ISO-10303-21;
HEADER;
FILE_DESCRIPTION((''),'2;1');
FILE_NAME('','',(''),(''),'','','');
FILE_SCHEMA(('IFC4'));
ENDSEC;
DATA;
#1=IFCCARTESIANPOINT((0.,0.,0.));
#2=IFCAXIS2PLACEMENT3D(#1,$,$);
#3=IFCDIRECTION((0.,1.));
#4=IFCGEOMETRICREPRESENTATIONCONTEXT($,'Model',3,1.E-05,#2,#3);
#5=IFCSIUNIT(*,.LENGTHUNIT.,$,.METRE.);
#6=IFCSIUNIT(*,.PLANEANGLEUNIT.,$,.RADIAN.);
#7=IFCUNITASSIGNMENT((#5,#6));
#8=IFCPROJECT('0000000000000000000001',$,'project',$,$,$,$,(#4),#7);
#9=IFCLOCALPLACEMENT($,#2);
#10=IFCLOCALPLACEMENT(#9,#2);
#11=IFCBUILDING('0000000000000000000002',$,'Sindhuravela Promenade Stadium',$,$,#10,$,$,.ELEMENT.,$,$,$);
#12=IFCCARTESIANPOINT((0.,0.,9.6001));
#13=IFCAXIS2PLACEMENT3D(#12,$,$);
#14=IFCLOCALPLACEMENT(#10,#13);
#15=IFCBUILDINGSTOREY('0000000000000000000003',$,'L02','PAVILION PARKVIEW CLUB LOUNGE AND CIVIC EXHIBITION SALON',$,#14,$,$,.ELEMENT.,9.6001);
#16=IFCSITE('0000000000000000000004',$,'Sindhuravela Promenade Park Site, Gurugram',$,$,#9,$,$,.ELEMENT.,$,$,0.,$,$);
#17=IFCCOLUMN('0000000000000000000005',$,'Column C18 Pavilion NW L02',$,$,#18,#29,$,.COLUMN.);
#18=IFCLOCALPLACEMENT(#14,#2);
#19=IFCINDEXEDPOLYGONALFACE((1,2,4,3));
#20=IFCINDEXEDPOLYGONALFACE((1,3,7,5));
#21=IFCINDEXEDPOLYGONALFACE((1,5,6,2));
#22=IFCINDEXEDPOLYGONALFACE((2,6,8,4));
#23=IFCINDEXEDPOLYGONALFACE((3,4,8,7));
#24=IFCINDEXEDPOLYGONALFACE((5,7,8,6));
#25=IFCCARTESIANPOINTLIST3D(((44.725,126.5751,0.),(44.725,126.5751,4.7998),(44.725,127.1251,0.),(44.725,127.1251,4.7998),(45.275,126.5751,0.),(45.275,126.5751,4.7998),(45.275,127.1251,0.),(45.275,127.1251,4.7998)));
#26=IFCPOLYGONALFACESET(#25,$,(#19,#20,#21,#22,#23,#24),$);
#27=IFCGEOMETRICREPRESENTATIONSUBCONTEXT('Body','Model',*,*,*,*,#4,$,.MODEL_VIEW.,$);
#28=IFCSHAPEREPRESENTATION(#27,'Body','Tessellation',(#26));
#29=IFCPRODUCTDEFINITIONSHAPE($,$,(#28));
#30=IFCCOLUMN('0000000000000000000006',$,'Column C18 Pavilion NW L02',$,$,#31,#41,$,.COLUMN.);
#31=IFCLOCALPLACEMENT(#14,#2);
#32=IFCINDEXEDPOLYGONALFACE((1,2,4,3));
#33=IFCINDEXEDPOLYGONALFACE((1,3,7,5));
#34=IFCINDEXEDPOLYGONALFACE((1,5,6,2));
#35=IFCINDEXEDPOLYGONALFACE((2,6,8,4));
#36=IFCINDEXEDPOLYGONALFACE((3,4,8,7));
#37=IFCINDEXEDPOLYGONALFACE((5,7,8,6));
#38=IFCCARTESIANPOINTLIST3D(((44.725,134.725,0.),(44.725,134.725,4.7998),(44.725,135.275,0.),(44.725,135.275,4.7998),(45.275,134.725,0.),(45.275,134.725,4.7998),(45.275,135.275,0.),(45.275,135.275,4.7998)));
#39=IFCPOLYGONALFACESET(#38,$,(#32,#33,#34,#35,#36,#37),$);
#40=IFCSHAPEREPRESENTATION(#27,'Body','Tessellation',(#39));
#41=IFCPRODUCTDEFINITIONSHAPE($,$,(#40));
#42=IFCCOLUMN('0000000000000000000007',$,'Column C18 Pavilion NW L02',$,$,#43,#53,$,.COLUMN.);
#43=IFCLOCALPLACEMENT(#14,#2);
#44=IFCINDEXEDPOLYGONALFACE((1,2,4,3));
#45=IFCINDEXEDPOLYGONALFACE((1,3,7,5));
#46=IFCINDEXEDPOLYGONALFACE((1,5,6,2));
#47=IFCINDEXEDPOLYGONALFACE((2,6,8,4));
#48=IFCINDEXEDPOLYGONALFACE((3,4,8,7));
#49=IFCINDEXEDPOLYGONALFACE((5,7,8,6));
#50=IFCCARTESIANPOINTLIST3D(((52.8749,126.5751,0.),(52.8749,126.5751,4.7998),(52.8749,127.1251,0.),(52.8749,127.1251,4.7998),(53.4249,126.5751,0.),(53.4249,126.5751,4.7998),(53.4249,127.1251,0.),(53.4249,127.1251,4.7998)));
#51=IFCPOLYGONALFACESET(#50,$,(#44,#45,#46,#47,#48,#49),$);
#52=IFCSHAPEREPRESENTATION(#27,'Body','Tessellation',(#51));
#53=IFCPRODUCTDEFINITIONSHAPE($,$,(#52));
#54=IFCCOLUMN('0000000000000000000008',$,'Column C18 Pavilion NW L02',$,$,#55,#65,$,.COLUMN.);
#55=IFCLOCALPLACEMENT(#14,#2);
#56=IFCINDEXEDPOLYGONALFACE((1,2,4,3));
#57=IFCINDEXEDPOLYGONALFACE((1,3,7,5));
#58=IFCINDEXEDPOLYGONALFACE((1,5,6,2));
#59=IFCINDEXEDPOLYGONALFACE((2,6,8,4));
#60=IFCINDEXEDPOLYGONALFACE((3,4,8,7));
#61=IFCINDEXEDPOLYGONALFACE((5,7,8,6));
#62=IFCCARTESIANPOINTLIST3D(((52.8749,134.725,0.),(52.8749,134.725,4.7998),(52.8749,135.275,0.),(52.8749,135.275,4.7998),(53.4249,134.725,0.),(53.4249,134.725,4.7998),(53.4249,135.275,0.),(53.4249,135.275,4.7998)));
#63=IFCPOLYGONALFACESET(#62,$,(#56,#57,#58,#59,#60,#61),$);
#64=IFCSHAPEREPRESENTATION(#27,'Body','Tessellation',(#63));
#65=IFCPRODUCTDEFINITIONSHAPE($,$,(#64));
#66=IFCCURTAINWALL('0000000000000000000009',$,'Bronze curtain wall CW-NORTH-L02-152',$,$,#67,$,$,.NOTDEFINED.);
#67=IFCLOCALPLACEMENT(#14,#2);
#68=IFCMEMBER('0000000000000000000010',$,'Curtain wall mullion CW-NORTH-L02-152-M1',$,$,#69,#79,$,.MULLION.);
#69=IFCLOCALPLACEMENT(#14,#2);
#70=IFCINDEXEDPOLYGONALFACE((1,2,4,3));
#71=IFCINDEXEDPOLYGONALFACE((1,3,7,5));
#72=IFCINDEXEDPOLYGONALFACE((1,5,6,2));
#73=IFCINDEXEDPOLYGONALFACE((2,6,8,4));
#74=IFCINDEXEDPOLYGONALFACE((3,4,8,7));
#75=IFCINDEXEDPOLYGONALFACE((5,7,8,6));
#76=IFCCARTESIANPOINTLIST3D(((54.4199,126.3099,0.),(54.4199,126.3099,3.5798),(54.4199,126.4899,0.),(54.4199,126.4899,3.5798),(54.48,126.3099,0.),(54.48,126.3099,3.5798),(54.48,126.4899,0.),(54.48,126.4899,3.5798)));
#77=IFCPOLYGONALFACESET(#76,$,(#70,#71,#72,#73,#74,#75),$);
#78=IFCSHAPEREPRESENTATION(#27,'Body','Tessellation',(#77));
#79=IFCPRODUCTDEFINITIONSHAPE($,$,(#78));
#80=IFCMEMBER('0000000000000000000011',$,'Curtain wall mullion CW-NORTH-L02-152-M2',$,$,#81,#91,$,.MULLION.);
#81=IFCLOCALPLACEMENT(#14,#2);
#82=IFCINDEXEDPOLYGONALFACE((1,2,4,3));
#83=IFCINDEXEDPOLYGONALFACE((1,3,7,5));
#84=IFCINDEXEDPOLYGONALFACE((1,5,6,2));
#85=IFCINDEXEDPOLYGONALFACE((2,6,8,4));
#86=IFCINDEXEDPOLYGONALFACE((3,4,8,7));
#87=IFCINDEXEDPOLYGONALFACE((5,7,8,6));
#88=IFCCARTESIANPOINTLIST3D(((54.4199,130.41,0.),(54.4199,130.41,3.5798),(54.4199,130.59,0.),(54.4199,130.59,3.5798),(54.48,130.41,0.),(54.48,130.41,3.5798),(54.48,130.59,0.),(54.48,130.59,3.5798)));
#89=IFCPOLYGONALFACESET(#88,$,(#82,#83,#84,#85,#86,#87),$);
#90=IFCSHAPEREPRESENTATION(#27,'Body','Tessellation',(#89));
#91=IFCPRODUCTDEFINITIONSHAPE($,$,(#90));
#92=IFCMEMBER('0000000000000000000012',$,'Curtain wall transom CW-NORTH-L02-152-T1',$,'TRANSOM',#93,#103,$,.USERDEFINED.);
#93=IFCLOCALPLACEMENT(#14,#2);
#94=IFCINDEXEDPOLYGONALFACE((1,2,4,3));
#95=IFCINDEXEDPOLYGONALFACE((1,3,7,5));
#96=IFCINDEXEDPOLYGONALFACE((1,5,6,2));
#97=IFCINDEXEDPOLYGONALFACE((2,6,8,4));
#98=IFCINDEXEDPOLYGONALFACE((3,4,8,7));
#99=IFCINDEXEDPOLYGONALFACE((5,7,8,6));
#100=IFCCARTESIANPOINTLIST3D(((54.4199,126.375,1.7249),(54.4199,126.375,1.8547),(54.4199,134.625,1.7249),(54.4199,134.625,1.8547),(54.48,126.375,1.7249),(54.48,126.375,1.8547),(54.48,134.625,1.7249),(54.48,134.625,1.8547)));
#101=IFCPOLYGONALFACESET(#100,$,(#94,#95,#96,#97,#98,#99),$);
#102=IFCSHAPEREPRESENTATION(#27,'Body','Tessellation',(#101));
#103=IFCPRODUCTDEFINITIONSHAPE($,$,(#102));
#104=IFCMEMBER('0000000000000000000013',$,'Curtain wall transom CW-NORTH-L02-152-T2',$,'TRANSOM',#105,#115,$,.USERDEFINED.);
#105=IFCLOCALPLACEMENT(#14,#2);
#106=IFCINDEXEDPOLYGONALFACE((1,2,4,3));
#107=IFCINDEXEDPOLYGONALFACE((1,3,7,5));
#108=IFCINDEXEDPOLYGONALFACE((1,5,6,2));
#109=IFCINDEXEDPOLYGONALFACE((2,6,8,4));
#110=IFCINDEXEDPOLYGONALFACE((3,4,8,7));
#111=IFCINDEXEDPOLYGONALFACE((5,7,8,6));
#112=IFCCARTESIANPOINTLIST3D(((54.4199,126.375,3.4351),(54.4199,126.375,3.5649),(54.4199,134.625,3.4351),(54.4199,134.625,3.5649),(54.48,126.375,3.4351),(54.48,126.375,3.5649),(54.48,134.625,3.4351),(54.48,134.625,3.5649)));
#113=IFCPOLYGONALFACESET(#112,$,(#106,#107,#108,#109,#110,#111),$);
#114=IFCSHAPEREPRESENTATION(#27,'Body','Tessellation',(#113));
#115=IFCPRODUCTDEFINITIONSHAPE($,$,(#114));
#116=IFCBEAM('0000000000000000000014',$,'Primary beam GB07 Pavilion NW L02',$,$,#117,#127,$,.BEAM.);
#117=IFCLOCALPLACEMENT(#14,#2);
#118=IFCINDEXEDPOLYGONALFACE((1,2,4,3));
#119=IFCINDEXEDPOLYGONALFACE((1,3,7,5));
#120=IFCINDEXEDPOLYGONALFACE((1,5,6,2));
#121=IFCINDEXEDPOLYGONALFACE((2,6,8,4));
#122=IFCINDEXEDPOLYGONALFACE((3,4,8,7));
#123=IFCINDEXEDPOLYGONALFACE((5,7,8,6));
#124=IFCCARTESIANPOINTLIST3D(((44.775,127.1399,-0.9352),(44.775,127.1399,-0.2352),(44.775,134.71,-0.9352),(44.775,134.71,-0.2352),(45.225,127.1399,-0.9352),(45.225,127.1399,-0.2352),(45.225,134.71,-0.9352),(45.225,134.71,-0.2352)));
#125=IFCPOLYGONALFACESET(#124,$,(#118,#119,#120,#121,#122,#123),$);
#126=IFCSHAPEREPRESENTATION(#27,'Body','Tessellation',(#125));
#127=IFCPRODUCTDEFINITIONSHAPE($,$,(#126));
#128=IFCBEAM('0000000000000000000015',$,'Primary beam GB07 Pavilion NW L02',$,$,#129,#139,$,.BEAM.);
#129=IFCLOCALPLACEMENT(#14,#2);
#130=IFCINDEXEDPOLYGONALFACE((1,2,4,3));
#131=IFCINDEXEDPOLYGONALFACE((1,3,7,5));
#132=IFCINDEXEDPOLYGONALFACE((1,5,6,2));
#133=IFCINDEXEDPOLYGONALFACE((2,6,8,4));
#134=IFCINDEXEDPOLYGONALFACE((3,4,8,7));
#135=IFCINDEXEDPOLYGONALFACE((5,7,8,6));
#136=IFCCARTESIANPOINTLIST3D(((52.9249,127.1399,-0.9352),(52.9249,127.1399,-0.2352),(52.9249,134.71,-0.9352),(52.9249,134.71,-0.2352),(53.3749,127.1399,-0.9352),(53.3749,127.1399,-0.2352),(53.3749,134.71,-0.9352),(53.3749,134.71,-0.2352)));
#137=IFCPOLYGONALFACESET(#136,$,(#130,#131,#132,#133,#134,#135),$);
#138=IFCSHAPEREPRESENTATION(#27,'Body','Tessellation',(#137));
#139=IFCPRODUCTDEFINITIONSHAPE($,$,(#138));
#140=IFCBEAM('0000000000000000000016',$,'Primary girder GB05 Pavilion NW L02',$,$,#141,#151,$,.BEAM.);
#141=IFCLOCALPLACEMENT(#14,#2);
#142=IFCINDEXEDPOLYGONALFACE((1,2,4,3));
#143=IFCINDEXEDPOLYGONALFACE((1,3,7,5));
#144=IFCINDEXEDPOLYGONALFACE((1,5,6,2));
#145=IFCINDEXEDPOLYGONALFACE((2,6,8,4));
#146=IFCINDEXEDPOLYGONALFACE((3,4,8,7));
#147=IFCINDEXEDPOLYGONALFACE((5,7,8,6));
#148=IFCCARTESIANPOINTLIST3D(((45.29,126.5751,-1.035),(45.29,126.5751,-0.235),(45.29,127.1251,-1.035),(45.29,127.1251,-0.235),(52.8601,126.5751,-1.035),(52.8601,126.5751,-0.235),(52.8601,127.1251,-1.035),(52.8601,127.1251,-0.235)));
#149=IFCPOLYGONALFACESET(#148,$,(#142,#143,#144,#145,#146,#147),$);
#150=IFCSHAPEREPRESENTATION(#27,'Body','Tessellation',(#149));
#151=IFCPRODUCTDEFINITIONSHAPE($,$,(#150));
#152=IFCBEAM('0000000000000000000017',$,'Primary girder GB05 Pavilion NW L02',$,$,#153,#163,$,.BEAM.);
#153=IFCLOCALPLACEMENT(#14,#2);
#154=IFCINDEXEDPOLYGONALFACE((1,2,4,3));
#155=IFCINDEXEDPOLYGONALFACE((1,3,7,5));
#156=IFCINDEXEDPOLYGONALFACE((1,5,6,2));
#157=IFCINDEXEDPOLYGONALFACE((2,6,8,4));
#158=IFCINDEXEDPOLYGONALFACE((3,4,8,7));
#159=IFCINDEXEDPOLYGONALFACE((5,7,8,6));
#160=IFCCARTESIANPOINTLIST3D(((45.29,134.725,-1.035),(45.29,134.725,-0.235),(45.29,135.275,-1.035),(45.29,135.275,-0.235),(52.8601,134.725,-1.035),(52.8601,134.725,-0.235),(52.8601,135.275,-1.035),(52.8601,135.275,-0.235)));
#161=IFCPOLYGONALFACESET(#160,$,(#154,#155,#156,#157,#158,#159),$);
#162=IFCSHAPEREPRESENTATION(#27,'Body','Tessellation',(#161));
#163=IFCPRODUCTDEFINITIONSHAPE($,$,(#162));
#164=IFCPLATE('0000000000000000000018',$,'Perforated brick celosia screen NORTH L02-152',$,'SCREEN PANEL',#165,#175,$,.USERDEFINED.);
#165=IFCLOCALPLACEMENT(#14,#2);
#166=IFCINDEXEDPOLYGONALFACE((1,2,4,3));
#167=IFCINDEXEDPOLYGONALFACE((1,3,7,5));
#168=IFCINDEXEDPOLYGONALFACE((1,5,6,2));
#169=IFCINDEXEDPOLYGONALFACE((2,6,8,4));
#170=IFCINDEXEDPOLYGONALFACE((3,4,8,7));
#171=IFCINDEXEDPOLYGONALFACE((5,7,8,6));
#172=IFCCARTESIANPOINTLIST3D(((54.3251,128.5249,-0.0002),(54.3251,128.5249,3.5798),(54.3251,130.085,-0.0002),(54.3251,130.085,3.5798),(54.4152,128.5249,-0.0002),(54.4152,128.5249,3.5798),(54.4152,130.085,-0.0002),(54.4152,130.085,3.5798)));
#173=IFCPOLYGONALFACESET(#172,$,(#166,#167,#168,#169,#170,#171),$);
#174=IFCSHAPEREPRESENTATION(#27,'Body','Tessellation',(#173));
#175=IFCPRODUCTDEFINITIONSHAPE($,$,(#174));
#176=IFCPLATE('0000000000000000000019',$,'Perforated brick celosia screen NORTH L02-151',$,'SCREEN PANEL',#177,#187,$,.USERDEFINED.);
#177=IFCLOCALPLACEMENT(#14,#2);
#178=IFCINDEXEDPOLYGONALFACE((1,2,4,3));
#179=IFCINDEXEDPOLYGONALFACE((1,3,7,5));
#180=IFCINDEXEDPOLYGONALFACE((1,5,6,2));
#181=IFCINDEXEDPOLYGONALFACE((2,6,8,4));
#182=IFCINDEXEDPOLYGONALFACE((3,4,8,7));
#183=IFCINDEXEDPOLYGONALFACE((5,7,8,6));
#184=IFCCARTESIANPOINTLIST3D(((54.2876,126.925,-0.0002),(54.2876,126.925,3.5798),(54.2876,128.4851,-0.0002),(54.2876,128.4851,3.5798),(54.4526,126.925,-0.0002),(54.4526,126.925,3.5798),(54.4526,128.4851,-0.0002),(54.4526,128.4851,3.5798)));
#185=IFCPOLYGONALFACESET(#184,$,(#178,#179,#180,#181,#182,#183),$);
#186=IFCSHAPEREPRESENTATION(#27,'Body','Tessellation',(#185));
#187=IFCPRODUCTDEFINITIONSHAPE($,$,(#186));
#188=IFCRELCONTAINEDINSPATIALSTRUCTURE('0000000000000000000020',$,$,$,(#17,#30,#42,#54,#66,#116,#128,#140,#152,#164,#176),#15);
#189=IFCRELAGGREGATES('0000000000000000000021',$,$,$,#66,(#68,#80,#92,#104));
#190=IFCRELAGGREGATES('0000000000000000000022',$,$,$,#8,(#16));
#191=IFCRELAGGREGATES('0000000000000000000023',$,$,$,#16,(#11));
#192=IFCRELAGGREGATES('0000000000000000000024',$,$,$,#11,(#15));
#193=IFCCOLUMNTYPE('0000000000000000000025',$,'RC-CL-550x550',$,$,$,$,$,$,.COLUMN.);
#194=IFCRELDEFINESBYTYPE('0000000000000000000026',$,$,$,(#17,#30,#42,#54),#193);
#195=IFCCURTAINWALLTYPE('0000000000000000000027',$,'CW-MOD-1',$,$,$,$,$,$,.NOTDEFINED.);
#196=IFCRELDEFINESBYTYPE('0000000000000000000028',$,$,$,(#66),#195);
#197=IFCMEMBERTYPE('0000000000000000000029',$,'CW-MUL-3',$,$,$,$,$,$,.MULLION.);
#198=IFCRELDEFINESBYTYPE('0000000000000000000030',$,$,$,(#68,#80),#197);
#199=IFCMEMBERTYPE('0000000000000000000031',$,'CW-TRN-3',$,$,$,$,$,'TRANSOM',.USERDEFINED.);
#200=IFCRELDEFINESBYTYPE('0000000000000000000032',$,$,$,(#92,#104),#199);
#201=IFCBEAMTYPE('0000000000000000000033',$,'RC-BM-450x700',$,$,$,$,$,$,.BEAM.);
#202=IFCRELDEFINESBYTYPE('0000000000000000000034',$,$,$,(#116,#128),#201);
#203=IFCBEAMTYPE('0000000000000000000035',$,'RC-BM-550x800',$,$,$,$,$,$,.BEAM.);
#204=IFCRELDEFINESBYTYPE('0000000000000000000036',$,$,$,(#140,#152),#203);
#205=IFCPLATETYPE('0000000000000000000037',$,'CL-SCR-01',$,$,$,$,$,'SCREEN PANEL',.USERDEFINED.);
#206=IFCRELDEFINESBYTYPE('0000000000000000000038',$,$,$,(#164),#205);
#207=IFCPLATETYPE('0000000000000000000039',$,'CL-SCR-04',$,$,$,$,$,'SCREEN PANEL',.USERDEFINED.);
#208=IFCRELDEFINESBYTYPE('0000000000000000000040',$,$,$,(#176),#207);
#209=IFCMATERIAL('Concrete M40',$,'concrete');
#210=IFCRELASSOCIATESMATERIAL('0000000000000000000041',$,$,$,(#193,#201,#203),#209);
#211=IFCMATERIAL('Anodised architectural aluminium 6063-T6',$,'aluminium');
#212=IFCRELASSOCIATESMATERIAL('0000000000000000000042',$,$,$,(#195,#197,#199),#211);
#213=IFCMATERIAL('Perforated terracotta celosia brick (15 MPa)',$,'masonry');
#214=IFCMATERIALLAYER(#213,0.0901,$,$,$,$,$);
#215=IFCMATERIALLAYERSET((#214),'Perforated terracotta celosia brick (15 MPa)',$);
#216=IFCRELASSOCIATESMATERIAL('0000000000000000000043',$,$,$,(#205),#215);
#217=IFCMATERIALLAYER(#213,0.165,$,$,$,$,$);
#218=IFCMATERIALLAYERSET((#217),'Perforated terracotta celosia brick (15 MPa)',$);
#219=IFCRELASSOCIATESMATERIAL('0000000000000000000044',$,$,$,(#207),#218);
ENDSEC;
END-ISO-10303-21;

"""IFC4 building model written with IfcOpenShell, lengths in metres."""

from ifc_helpers import new_model, si_unit, direction, frame, origin, origin_2d, place, context, subcontext, project, spatial, rectangle, extrude, material, layer, layer_set, material_profile, profile_set, type_object, element, aggregate, save


model = new_model("IFC4")

# Units and contexts
model_context = context("Model", 3, precision=1e-05, world=origin(), true_north=direction((0.0, 1.0)))
body_context = subcontext(model_context, "Body", "Model", "MODEL_VIEW")
ifc_project = project(units=[si_unit("LENGTHUNIT", "METRE"), si_unit("PLANEANGLEUNIT", "RADIAN")], contexts=[model_context])

# Site, building, storey
site_placement = place(None, origin())
site = spatial("IfcSite", under=ifc_project, at=site_placement, Name="Sindhuravela Promenade Park Site, Gurugram", CompositionType="ELEMENT", RefElevation=0.0)
building_placement = place(site_placement, origin())
building = spatial("IfcBuilding", under=site, at=building_placement, Name="Sindhuravela Promenade Stadium", CompositionType="ELEMENT")
storey_placement = place(building_placement, frame((0.0, 0.0, 9.6001)))
storey = spatial("IfcBuildingStorey", under=building, at=storey_placement, Name="L02", Description="PAVILION PARKVIEW CLUB LOUNGE AND CIVIC EXHIBITION SALON", CompositionType="ELEMENT", Elevation=9.6001)

# Columns
ifc_material_1 = material(Name="Concrete M40", Category="concrete")
ifc_material_profile_1 = material_profile(ifc_material_1, rectangle(XDim=0.55, YDim=0.55, at=origin_2d()), Name="RC 550x550")
ifc_profile_set_1 = profile_set([ifc_material_profile_1], Name="Concrete M40")
column_type = type_object("IfcColumnType", Name="RC-CL-550x550", PredefinedType="COLUMN", material=ifc_profile_set_1)
for number, where, z_axis, x_axis, name in (
    (1, (45.0, 126.8501, 0.0), (0.0, 0.0, 1.0), (1.0, 0.0, 0.0), "Column C18 Pavilion NW L02"),
    (2, (45.0, 135.0, 0.0), (0.0, 0.0, 1.0), (1.0, 0.0, 0.0), "Column C18 Pavilion NW L02"),
    (3, (53.1499, 126.8501, 0.0), (0.0, 0.0, 1.0), (1.0, 0.0, 0.0), "Column C18 Pavilion NW L02"),
    (4, (53.1499, 135.0, 0.0), (0.0, 0.0, 1.0), (1.0, 0.0, 0.0), "Column C18 Pavilion NW L02"),
):
    element("IfcColumn", number, at=place(storey_placement, frame(where, z_axis=z_axis, x_axis=x_axis)), inside=storey, type_object=column_type, Name=name, PredefinedType="COLUMN", context=body_context, shape_type="SweptSolid", body=[
        extrude(rectangle(XDim=0.55, YDim=0.55, at=origin_2d()), origin(), (0.0, 0.0, 1.0), 4.7998),
    ])

# Curtain wall, members
ifc_material_2 = material(Name="Anodised architectural aluminium 6063-T6", Category="aluminium")
curtain_wall_type = type_object("IfcCurtainWallType", Name="CW-MOD-1", PredefinedType="NOTDEFINED", material=ifc_material_2)
curtain_wall_placement = place(storey_placement, origin())
curtain_wall = element("IfcCurtainWall", 5, at=curtain_wall_placement, inside=storey, type_object=curtain_wall_type, Name="Bronze curtain wall CW-NORTH-L02-152", PredefinedType="NOTDEFINED")
ifc_material_profile_2 = material_profile(ifc_material_2, rectangle(XDim=0.0601, YDim=0.1799, at=origin_2d()), Name="ALU M60x180")
ifc_profile_set_2 = profile_set([ifc_material_profile_2], Name="Anodised architectural aluminium 6063-T6")
member_type_1 = type_object("IfcMemberType", Name="CW-MUL-3", PredefinedType="MULLION", material=ifc_profile_set_2)
member_1_placement = place(storey_placement, frame((54.45, 126.3999, 0.0), z_axis=(0.0, 0.0, 1.0), x_axis=(1.0, 0.0, 0.0)))
member_1 = element("IfcMember", 6, at=member_1_placement, type_object=member_type_1, Name="Curtain wall mullion CW-NORTH-L02-152-M1", PredefinedType="MULLION", context=body_context, shape_type="SweptSolid", body=[
    extrude(rectangle(XDim=0.0601, YDim=0.1799, at=origin_2d()), origin(), (0.0, 0.0, 1.0), 3.5798),
])
member_2_placement = place(storey_placement, frame((54.45, 130.5, 0.0), z_axis=(0.0, 0.0, 1.0), x_axis=(1.0, 0.0, 0.0)))
member_2 = element("IfcMember", 7, at=member_2_placement, type_object=member_type_1, Name="Curtain wall mullion CW-NORTH-L02-152-M2", PredefinedType="MULLION", context=body_context, shape_type="SweptSolid", body=[
    extrude(rectangle(XDim=0.0601, YDim=0.1799, at=origin_2d()), origin(), (0.0, 0.0, 1.0), 3.5798),
])
ifc_material_profile_3 = material_profile(ifc_material_2, rectangle(XDim=0.0601, YDim=0.1299, at=origin_2d()), Name="ALU T60x130")
ifc_profile_set_3 = profile_set([ifc_material_profile_3], Name="Anodised architectural aluminium 6063-T6")
member_type_2 = type_object("IfcMemberType", Name="CW-TRN-3", ElementType="TRANSOM", PredefinedType="USERDEFINED", material=ifc_profile_set_3)
member_3_placement = place(storey_placement, frame((54.45, 126.375, 1.7898), z_axis=(0.0, 1.0, 0.0), x_axis=(-1.0, 0.0, 0.0)))
member_3 = element("IfcMember", 8, at=member_3_placement, type_object=member_type_2, Name="Curtain wall transom CW-NORTH-L02-152-T1", ObjectType="TRANSOM", PredefinedType="USERDEFINED", context=body_context, shape_type="SweptSolid", body=[
    extrude(rectangle(XDim=0.0601, YDim=0.1299, at=origin_2d()), origin(), (0.0, 0.0, 1.0), 8.25),
])
member_4_placement = place(storey_placement, frame((54.45, 126.375, 3.5), z_axis=(0.0, 1.0, 0.0), x_axis=(-1.0, 0.0, 0.0)))
member_4 = element("IfcMember", 9, at=member_4_placement, type_object=member_type_2, Name="Curtain wall transom CW-NORTH-L02-152-T2", ObjectType="TRANSOM", PredefinedType="USERDEFINED", context=body_context, shape_type="SweptSolid", body=[
    extrude(rectangle(XDim=0.0601, YDim=0.1299, at=origin_2d()), origin(), (0.0, 0.0, 1.0), 8.25),
])

# Beams
ifc_material_profile_4 = material_profile(ifc_material_1, rectangle(XDim=0.45, YDim=0.7, at=origin_2d()), Name="RC 450x700")
ifc_profile_set_4 = profile_set([ifc_material_profile_4], Name="Concrete M40")
beam_type_1 = type_object("IfcBeamType", Name="RC-BM-450x700", PredefinedType="BEAM", material=ifc_profile_set_4)
for number, where, z_axis, x_axis, name in (
    (10, (45.0, 127.1399, -0.5852), (0.0, 1.0, 0.0), (-1.0, 0.0, 0.0), "Primary beam GB07 Pavilion NW L02"),
    (11, (53.1499, 127.1399, -0.5852), (0.0, 1.0, 0.0), (-1.0, 0.0, 0.0), "Primary beam GB07 Pavilion NW L02"),
):
    element("IfcBeam", number, at=place(storey_placement, frame(where, z_axis=z_axis, x_axis=x_axis)), inside=storey, type_object=beam_type_1, Name=name, PredefinedType="BEAM", context=body_context, shape_type="SweptSolid", body=[
        extrude(rectangle(XDim=0.45, YDim=0.7, at=origin_2d()), origin(), (0.0, 0.0, 1.0), 7.5701),
    ])
ifc_material_profile_5 = material_profile(ifc_material_1, rectangle(XDim=0.55, YDim=0.8, at=origin_2d()), Name="RC 550x800")
ifc_profile_set_5 = profile_set([ifc_material_profile_5], Name="Concrete M40")
beam_type_2 = type_object("IfcBeamType", Name="RC-BM-550x800", PredefinedType="BEAM", material=ifc_profile_set_5)
for number, where, z_axis, x_axis, name in (
    (12, (45.29, 126.8501, -0.635), (1.0, 0.0, 0.0), (0.0, 1.0, 0.0), "Primary girder GB05 Pavilion NW L02"),
    (13, (45.29, 135.0, -0.635), (1.0, 0.0, 0.0), (0.0, 1.0, 0.0), "Primary girder GB05 Pavilion NW L02"),
):
    element("IfcBeam", number, at=place(storey_placement, frame(where, z_axis=z_axis, x_axis=x_axis)), inside=storey, type_object=beam_type_2, Name=name, PredefinedType="BEAM", context=body_context, shape_type="SweptSolid", body=[
        extrude(rectangle(XDim=0.55, YDim=0.8, at=origin_2d()), origin(), (0.0, 0.0, 1.0), 7.5701),
    ])

# Plates
ifc_material_3 = material(Name="Perforated terracotta celosia brick (15 MPa)", Category="masonry")
ifc_layer_1 = layer(ifc_material_3, 0.0901)
ifc_layer_set_1 = layer_set([ifc_layer_1], Name="Perforated terracotta celosia brick (15 MPa)")
plate_type_1 = type_object("IfcPlateType", Name="CL-SCR-01", ElementType="SCREEN PANEL", PredefinedType="USERDEFINED", material=ifc_layer_set_1)
plate_1_placement = place(storey_placement, frame((54.3701, 129.3049, -0.0002), z_axis=(0.0, 0.0, 1.0), x_axis=(0.0, 1.0, 0.0)))
element("IfcPlate", 14, at=plate_1_placement, inside=storey, type_object=plate_type_1, Name="Perforated brick celosia screen NORTH L02-152", ObjectType="SCREEN PANEL", PredefinedType="USERDEFINED", context=body_context, shape_type="SweptSolid", body=[
    extrude(rectangle(XDim=1.5601, YDim=0.0901, at=origin_2d()), origin(), (0.0, 0.0, 1.0), 3.5801),
])
ifc_layer_2 = layer(ifc_material_3, 0.165)
ifc_layer_set_2 = layer_set([ifc_layer_2], Name="Perforated terracotta celosia brick (15 MPa)")
plate_type_2 = type_object("IfcPlateType", Name="CL-SCR-04", ElementType="SCREEN PANEL", PredefinedType="USERDEFINED", material=ifc_layer_set_2)
plate_2_placement = place(storey_placement, frame((54.3701, 127.7051, -0.0002), z_axis=(0.0, 0.0, 1.0), x_axis=(0.0, 1.0, 0.0)))
element("IfcPlate", 15, at=plate_2_placement, inside=storey, type_object=plate_type_2, Name="Perforated brick celosia screen NORTH L02-151", ObjectType="SCREEN PANEL", PredefinedType="USERDEFINED", context=body_context, shape_type="SweptSolid", body=[
    extrude(rectangle(XDim=1.5601, YDim=0.165, at=origin_2d()), origin(), (0.0, 0.0, 1.0), 3.5801),
])

aggregate(curtain_wall, [member_1, member_2, member_3, member_4])

save(model, "model.ifc")
